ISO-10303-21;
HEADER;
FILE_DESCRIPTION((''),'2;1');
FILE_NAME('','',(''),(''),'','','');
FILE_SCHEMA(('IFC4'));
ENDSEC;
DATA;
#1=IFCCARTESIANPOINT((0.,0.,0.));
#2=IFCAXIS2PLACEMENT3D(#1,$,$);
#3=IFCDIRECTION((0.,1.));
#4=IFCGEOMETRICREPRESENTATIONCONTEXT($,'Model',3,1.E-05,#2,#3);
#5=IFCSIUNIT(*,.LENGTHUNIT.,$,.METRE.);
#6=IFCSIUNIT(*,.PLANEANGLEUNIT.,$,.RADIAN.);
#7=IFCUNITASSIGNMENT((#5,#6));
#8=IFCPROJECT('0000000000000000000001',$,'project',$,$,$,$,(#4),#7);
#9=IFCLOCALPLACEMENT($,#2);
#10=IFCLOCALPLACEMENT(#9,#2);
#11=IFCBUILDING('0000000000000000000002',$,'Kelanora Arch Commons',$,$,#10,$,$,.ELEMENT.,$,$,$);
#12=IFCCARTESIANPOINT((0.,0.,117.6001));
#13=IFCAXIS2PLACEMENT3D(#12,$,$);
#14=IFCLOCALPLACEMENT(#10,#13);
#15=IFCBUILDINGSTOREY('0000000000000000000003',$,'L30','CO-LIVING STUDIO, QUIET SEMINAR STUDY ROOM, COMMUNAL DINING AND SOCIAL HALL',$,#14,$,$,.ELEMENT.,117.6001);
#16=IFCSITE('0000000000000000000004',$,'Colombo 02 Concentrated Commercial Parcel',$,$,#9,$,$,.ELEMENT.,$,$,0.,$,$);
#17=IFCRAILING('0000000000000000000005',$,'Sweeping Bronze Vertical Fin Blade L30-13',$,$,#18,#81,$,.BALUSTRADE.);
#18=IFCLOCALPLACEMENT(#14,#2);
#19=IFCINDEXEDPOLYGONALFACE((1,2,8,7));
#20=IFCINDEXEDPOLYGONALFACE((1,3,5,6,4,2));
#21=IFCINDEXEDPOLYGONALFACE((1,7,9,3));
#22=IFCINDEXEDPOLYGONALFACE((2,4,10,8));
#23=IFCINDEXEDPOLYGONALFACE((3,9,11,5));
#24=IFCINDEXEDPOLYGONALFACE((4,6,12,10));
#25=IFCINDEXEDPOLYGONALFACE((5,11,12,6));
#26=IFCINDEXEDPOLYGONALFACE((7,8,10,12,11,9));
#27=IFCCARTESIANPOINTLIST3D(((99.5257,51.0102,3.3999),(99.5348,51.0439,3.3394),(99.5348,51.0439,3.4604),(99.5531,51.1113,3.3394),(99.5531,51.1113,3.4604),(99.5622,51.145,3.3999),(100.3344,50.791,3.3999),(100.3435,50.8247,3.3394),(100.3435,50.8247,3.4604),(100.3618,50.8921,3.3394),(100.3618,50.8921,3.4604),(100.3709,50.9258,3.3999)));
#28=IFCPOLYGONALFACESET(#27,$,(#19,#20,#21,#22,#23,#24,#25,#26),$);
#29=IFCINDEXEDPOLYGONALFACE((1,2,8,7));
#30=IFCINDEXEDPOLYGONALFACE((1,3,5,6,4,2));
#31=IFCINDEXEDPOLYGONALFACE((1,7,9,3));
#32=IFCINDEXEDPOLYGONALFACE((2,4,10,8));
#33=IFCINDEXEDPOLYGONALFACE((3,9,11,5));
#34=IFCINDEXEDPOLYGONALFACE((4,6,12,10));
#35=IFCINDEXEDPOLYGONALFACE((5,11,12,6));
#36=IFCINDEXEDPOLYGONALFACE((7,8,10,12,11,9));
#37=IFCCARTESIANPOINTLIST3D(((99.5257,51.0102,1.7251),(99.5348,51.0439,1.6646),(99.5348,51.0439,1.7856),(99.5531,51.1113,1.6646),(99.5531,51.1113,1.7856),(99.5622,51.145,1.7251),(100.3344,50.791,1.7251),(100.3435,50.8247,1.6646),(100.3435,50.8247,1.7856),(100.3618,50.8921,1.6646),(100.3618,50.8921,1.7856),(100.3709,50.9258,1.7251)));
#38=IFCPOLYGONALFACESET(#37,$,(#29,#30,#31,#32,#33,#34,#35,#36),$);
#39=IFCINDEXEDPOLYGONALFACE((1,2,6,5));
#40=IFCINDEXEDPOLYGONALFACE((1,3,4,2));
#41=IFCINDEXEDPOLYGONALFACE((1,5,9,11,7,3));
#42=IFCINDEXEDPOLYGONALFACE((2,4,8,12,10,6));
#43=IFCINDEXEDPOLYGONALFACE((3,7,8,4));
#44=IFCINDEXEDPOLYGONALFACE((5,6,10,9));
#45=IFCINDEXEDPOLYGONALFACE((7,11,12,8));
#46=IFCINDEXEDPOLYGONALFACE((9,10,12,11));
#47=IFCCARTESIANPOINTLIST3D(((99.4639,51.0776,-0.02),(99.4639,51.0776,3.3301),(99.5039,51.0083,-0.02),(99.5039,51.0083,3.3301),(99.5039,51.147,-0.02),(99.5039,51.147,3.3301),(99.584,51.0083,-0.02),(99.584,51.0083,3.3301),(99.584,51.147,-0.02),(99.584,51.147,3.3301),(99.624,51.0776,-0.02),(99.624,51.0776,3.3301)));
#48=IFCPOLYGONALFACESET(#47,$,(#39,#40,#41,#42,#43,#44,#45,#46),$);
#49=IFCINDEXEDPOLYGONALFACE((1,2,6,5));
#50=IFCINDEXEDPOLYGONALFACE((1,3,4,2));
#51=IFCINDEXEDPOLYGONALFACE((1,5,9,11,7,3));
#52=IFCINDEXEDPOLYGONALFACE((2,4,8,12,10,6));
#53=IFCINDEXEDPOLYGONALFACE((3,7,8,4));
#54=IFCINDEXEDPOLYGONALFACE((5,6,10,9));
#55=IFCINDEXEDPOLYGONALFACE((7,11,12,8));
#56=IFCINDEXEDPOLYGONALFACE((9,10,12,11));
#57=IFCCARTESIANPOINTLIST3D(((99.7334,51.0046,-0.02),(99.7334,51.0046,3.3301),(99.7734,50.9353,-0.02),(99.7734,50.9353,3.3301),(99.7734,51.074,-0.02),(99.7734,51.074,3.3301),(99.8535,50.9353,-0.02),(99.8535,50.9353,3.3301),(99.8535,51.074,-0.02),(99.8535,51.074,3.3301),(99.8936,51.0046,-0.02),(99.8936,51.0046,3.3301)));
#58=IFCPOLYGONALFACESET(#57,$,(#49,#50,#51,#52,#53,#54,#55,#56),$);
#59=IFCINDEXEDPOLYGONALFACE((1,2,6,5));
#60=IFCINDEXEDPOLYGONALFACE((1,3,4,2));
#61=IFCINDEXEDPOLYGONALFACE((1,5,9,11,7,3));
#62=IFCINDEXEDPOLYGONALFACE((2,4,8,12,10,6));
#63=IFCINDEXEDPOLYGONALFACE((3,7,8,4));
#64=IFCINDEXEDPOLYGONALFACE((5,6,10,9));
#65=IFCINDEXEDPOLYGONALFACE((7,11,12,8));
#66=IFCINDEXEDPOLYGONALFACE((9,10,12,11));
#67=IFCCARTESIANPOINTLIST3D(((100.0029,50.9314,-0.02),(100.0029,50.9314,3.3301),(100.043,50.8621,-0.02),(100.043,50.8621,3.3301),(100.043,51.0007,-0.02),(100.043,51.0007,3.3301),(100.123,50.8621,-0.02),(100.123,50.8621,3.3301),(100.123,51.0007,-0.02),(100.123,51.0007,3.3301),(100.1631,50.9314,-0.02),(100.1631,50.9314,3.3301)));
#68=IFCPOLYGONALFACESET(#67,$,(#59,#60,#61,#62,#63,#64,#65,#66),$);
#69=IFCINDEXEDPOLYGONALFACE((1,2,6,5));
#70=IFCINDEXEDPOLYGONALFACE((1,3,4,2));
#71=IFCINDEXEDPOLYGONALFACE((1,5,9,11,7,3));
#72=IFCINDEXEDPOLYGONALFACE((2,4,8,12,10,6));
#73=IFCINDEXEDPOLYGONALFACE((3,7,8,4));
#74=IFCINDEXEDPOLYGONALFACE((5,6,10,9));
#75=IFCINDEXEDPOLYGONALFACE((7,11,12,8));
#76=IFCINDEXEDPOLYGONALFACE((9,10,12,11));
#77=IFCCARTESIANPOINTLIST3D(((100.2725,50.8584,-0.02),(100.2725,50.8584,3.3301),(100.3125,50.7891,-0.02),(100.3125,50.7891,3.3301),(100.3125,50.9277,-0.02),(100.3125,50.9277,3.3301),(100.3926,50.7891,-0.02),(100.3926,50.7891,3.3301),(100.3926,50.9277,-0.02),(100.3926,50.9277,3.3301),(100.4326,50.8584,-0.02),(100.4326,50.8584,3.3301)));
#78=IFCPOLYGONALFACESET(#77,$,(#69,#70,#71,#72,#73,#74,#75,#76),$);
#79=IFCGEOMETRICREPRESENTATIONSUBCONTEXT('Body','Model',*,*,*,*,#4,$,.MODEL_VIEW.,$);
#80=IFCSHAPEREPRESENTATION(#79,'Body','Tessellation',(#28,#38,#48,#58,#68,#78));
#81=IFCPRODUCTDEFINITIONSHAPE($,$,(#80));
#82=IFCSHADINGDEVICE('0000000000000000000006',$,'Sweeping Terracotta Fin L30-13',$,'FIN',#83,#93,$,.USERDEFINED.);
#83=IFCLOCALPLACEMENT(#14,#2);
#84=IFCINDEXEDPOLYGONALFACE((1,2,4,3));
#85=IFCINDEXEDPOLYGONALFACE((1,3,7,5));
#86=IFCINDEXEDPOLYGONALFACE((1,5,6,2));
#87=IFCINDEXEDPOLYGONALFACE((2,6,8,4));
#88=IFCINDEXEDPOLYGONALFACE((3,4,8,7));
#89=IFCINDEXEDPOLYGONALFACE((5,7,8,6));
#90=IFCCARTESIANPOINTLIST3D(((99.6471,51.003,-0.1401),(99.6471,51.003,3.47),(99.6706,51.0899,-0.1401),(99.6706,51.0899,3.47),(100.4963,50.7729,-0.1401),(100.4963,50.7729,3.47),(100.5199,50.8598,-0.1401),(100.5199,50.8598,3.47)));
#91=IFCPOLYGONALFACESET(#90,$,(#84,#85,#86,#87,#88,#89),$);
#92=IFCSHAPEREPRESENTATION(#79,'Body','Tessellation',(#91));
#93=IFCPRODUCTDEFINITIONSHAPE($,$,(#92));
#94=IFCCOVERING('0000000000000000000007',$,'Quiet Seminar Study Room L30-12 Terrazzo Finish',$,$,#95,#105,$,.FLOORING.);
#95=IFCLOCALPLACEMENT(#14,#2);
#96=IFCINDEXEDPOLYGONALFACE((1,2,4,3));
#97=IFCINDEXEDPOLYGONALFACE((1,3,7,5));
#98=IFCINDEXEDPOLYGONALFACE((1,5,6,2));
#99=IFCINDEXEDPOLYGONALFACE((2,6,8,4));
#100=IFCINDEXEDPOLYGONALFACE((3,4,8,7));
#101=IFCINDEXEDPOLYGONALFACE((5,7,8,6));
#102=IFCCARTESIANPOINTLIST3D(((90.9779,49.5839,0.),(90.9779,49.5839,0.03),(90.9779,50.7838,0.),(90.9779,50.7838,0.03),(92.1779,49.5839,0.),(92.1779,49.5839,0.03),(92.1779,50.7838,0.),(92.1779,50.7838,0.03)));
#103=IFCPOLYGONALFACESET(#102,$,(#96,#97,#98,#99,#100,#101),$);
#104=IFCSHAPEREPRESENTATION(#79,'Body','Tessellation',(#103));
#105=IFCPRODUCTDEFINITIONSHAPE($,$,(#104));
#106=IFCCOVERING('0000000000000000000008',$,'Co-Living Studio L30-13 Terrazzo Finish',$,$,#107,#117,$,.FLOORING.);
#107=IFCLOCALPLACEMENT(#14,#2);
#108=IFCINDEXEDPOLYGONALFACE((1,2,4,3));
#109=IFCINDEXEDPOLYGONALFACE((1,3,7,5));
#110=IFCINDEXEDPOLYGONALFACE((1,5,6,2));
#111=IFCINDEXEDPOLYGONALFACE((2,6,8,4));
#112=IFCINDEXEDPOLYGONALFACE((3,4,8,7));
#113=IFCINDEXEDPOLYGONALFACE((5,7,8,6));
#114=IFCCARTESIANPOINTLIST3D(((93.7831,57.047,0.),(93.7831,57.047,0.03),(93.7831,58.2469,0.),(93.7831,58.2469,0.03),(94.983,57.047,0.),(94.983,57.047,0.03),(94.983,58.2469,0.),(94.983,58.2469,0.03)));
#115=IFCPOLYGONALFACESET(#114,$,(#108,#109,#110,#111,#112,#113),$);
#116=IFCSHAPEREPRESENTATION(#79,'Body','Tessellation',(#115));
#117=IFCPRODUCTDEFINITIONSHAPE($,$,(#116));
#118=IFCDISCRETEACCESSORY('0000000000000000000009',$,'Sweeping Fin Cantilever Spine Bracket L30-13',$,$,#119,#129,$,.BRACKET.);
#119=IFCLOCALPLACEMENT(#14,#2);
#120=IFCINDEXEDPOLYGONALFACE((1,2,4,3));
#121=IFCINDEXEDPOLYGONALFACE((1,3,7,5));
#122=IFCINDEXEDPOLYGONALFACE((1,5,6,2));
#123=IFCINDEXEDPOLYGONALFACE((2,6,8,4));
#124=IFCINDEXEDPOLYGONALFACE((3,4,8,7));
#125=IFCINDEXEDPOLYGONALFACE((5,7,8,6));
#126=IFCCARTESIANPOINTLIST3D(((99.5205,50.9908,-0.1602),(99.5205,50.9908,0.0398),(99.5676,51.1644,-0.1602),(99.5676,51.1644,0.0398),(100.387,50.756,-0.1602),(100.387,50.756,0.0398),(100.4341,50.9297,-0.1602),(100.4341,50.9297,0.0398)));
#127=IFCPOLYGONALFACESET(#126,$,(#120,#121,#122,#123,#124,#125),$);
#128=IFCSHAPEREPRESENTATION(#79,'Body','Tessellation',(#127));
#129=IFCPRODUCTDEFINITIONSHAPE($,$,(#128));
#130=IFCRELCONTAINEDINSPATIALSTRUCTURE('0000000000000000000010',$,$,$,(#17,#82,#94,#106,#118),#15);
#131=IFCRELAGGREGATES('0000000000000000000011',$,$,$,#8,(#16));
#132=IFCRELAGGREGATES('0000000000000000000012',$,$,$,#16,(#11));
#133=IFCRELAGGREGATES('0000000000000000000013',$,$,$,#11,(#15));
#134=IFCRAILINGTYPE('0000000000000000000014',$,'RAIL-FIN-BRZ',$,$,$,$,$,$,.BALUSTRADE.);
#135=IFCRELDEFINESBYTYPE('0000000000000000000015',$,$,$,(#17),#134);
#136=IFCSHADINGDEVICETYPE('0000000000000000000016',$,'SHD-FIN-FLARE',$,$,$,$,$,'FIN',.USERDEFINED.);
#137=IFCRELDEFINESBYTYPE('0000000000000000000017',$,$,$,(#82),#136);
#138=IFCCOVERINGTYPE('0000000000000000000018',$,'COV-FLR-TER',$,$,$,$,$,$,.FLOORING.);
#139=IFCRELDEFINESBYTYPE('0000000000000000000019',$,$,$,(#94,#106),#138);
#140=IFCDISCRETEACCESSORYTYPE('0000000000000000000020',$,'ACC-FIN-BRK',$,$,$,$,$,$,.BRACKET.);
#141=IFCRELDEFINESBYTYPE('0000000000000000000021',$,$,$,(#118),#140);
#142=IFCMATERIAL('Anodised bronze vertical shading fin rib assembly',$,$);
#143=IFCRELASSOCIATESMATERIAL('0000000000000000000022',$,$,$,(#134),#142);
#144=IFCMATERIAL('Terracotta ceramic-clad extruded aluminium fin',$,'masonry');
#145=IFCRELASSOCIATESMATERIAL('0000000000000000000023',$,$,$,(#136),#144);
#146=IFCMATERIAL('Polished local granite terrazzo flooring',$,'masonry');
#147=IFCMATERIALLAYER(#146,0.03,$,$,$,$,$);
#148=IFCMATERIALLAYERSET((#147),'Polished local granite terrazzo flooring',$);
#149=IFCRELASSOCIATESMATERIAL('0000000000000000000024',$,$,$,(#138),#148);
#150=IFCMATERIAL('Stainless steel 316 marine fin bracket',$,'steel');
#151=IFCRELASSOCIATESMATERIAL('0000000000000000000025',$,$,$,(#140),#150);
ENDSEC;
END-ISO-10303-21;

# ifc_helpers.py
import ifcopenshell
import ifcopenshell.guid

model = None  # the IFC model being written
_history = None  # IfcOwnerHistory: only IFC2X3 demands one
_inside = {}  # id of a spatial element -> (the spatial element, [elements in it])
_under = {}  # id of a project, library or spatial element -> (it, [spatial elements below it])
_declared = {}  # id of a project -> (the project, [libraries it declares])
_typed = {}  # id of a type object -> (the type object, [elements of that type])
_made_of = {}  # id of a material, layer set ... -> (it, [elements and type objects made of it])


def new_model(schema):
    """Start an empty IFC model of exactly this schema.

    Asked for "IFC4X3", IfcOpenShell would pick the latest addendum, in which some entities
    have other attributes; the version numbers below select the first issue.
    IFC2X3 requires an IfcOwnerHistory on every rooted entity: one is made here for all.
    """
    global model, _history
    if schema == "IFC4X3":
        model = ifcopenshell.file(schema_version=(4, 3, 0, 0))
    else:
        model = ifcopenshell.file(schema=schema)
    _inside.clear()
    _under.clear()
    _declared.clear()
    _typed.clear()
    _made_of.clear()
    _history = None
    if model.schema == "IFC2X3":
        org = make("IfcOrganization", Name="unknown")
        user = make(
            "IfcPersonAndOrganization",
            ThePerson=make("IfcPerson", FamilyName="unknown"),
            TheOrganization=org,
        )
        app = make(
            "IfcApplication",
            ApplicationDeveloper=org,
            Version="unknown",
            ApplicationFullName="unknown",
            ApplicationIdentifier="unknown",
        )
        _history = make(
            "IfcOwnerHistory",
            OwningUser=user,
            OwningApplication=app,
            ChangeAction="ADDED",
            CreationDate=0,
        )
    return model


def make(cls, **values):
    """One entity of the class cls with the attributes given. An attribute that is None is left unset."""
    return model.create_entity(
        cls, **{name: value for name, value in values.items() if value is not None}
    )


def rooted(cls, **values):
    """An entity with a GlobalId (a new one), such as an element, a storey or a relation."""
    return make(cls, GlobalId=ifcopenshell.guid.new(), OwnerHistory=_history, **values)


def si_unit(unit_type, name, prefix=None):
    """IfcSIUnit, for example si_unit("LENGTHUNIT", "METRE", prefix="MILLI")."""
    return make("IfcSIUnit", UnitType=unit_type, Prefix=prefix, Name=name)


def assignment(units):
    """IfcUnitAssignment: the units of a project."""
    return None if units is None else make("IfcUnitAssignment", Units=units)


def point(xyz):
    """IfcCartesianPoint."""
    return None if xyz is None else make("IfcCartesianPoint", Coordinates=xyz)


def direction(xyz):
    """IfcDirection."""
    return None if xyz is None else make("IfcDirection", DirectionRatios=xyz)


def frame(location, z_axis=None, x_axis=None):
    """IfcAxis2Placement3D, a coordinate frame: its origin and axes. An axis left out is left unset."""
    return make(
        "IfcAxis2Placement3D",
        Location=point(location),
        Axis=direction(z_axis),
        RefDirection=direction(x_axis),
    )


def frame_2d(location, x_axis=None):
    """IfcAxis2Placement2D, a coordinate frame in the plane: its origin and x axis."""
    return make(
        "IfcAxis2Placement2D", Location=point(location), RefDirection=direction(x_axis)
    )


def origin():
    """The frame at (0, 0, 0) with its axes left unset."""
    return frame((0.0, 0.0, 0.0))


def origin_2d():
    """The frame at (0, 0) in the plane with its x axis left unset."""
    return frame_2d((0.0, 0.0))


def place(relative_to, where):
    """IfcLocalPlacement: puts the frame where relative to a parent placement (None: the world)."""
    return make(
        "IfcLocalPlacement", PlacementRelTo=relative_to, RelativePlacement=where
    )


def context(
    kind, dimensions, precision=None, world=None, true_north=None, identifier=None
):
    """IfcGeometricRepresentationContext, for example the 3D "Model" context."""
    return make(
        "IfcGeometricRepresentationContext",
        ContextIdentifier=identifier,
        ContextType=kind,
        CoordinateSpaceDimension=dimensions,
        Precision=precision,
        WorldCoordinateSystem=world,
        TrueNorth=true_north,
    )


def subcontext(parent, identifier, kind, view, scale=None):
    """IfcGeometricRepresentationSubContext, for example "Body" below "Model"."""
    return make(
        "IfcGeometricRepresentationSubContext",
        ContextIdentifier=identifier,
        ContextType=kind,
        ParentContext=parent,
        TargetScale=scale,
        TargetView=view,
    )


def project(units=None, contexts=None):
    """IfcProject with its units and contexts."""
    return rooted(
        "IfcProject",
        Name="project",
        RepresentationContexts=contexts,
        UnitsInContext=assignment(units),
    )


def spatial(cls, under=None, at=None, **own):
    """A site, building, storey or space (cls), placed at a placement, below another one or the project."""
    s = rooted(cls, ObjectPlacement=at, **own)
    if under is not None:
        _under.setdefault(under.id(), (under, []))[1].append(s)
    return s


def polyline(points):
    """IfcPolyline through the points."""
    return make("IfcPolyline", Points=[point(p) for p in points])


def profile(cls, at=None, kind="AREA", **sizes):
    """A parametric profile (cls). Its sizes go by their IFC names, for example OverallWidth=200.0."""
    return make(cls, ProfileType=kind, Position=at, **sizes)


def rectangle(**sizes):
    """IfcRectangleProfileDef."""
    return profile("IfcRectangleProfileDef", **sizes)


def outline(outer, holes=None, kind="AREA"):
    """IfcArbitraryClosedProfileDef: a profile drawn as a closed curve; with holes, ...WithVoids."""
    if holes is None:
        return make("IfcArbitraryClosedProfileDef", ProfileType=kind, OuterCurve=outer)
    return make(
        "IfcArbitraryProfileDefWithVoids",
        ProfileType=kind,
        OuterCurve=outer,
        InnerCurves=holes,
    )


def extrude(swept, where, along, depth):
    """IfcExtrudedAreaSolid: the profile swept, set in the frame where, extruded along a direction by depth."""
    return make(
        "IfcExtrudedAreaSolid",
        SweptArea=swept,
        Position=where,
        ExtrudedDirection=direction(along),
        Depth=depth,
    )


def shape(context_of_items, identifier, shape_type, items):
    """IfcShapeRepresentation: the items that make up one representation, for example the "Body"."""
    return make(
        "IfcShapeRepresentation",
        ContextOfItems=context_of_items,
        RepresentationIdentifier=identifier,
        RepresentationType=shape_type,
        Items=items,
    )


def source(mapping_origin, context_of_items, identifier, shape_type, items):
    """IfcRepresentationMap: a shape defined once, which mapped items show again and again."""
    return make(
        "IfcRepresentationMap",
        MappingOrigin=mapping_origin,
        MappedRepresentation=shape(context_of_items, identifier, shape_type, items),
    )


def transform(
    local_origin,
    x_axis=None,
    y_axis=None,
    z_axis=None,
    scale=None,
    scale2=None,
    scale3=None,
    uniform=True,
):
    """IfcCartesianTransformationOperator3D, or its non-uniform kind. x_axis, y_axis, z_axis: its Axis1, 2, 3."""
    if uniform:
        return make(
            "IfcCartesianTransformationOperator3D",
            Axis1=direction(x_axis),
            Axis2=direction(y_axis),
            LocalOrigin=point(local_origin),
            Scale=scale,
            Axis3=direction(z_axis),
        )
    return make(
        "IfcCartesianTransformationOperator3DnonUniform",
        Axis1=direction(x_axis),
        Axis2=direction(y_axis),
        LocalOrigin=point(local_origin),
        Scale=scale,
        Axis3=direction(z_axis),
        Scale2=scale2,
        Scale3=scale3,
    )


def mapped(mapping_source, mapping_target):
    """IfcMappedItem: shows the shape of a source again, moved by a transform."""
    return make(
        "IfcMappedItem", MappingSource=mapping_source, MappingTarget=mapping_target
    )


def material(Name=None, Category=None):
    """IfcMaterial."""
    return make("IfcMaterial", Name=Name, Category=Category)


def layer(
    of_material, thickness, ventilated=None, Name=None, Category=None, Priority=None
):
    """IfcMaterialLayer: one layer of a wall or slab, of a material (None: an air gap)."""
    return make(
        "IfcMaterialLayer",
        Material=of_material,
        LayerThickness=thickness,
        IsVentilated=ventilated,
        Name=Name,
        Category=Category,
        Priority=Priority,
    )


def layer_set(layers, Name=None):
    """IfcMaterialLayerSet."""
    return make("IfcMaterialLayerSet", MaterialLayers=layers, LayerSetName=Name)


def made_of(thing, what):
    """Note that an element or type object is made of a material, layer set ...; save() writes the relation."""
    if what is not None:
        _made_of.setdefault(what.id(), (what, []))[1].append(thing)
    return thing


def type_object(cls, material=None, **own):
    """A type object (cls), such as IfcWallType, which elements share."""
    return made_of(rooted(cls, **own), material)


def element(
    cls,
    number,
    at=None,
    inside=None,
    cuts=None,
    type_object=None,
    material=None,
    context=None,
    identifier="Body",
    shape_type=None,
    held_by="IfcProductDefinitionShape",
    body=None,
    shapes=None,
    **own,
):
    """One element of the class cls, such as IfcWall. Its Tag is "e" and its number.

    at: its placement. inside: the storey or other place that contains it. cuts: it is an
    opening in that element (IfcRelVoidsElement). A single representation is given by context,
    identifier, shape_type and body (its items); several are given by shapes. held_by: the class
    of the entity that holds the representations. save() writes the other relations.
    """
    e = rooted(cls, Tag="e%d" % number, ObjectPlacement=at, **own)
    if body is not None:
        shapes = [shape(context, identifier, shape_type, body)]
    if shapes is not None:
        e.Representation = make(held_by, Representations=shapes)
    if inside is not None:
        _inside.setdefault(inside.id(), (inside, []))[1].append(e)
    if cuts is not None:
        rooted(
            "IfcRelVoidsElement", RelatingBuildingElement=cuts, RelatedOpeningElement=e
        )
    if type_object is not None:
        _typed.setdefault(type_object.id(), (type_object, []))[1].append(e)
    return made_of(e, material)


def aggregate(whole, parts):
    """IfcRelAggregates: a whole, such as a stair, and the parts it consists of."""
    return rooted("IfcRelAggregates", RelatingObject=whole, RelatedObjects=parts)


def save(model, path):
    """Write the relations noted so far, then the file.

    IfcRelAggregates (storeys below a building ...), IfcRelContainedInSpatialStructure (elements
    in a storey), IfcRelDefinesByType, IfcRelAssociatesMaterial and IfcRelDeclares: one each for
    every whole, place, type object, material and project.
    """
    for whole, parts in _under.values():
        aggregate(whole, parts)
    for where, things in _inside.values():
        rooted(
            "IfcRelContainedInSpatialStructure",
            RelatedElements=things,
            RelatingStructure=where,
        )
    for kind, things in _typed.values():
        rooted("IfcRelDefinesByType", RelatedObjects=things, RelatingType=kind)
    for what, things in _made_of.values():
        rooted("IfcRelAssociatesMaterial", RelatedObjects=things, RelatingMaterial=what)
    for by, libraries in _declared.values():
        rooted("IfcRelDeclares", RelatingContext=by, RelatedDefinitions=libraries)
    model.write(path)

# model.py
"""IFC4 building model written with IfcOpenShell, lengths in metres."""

from ifc_helpers import new_model, si_unit, direction, frame, origin, origin_2d, place, context, subcontext, project, spatial, polyline, rectangle, outline, extrude, source, transform, mapped, material, layer, layer_set, type_object, element, save


model = new_model("IFC4")

# Units and contexts
model_context = context("Model", 3, precision=1e-05, world=origin(), true_north=direction((0.0, 1.0)))
body_context = subcontext(model_context, "Body", "Model", "MODEL_VIEW")
ifc_project = project(units=[si_unit("LENGTHUNIT", "METRE"), si_unit("PLANEANGLEUNIT", "RADIAN")], contexts=[model_context])

# Site, building, storey
site_placement = place(None, origin())
site = spatial("IfcSite", under=ifc_project, at=site_placement, Name="Colombo 02 Concentrated Commercial Parcel", CompositionType="ELEMENT", RefElevation=0.0)
building_placement = place(site_placement, origin())
building = spatial("IfcBuilding", under=site, at=building_placement, Name="Kelanora Arch Commons", CompositionType="ELEMENT")
storey_placement = place(building_placement, frame((0.0, 0.0, 117.6001)))
storey = spatial("IfcBuildingStorey", under=building, at=storey_placement, Name="L30", Description="CO-LIVING STUDIO, QUIET SEMINAR STUDY ROOM, COMMUNAL DINING AND SOCIAL HALL", CompositionType="ELEMENT", Elevation=117.6001)

# Railing
ifc_material_1 = material(Name="Anodised bronze vertical shading fin rib assembly")
railing_type = type_object("IfcRailingType", Name="RAIL-FIN-BRZ", PredefinedType="BALUSTRADE", material=ifc_material_1)
railing_placement = place(storey_placement, frame((99.5439, 51.0776, -0.02)))
element("IfcRailing", 1, at=railing_placement, inside=storey, type_object=railing_type, Name="Sweeping Bronze Vertical Fin Blade L30-13", PredefinedType="BALUSTRADE", context=body_context, shape_type="SweptSolid", body=[
    extrude(outline(polyline([(0.0698, 0.0), (0.0349, 0.0605), (-0.0349, 0.0605), (-0.0698, 0.0), (-0.0349, -0.0605), (0.0349, -0.0605), (0.0698, 0.0)])), frame((0.0, 0.0, 3.4199), z_axis=(0.965153, -0.261687, 0.0), x_axis=(0.261687, 0.965153, 0.0)), (0.0, 0.0, 1.0), 0.8379),
    extrude(outline(polyline([(0.0698, 0.0), (0.0349, 0.0605), (-0.0349, 0.0605), (-0.0698, 0.0), (-0.0349, -0.0605), (0.0349, -0.0605), (0.0698, 0.0)])), frame((0.0, 0.0, 1.7451), z_axis=(0.965153, -0.261687, 0.0), x_axis=(0.261687, 0.965153, 0.0)), (0.0, 0.0, 1.0), 0.8379),
    extrude(outline(polyline([(0.0801, 0.0), (0.04, 0.0693), (-0.04, 0.0693), (-0.0801, 0.0), (-0.04, -0.0693), (0.04, -0.0693), (0.0801, 0.0)])), origin(), (0.0, 0.0, 1.0), 3.3501),
    extrude(outline(polyline([(0.0801, 0.0), (0.04, 0.0693), (-0.04, 0.0693), (-0.0801, 0.0), (-0.04, -0.0693), (0.04, -0.0693), (0.0801, 0.0)])), frame((0.2695, -0.073, 0.0)), (0.0, 0.0, 1.0), 3.3501),
    extrude(outline(polyline([(0.0801, 0.0), (0.04, 0.0693), (-0.04, 0.0693), (-0.0801, 0.0), (-0.04, -0.0693), (0.04, -0.0693), (0.0801, 0.0)])), frame((0.5391, -0.1462, 0.0)), (0.0, 0.0, 1.0), 3.3501),
    extrude(outline(polyline([(0.0801, 0.0), (0.04, 0.0693), (-0.04, 0.0693), (-0.0801, 0.0), (-0.04, -0.0693), (0.04, -0.0693), (0.0801, 0.0)])), frame((0.8086, -0.2192, 0.0)), (0.0, 0.0, 1.0), 3.3501),
])

# Shading device
ifc_material_2 = material(Name="Terracotta ceramic-clad extruded aluminium fin", Category="masonry")
shading_device_type = type_object("IfcShadingDeviceType", Name="SHD-FIN-FLARE", ElementType="FIN", PredefinedType="USERDEFINED", material=ifc_material_2)
shared_shape_1 = source(origin(), body_context, "Body", "SweptSolid", [
    extrude(rectangle(XDim=0.8799, YDim=0.0901, at=origin_2d()), origin(), (0.0, 0.0, 1.0), 3.6101),
])
shading_device_placement = place(storey_placement, frame((100.0835, 50.9314, -0.1401), z_axis=(0.0, 0.0, 1.0), x_axis=(0.965199, -0.261515, 0.0)))
element("IfcShadingDevice", 2, at=shading_device_placement, inside=storey, type_object=shading_device_type, Name="Sweeping Terracotta Fin L30-13", ObjectType="FIN", PredefinedType="USERDEFINED", context=body_context, shape_type="MappedRepresentation", body=[
    mapped(shared_shape_1, transform((0.0, 0.0, 0.0), scale=1.0)),
])

# Coverings
ifc_material_3 = material(Name="Polished local granite terrazzo flooring", Category="masonry")
ifc_layer_1 = layer(ifc_material_3, 0.03)
ifc_layer_set_1 = layer_set([ifc_layer_1], Name="Polished local granite terrazzo flooring")
covering_type = type_object("IfcCoveringType", Name="COV-FLR-TER", PredefinedType="FLOORING", material=ifc_layer_set_1)
shared_shape_2 = source(origin(), body_context, "Body", "SweptSolid", [
    extrude(rectangle(XDim=1.2, YDim=1.2, at=origin_2d()), origin(), (0.0, 0.0, 1.0), 0.03),
])
for number, where, z_axis, x_axis, name in (
    (3, (91.5779, 50.1838, 0.0), (0.0, 0.0, 1.0), (1.0, 0.0, 0.0), "Quiet Seminar Study Room L30-12 Terrazzo Finish"),
    (4, (94.3831, 57.647, 0.0), (0.0, 0.0, 1.0), (1.0, 0.0, 0.0), "Co-Living Studio L30-13 Terrazzo Finish"),
):
    element("IfcCovering", number, at=place(storey_placement, frame(where, z_axis=z_axis, x_axis=x_axis)), inside=storey, type_object=covering_type, Name=name, PredefinedType="FLOORING", context=body_context, shape_type="MappedRepresentation", body=[
        mapped(shared_shape_2, transform((0.0, 0.0, 0.0), scale=1.0)),
    ])

# Discrete accessory
ifc_material_4 = material(Name="Stainless steel 316 marine fin bracket", Category="steel")
discrete_accessory_type = type_object("IfcDiscreteAccessoryType", Name="ACC-FIN-BRK", PredefinedType="BRACKET", material=ifc_material_4)
shared_shape_3 = source(origin(), body_context, "Body", "SweptSolid", [
    extrude(rectangle(XDim=0.8977, YDim=0.1799, at=origin_2d()), origin(), (0.0, 0.0, 1.0), 0.2),
])
discrete_accessory_placement = place(storey_placement, frame((99.9773, 50.9602, -0.1602), z_axis=(0.0, 0.0, 1.0), x_axis=(0.965199, -0.261515, 0.0)))
element("IfcDiscreteAccessory", 5, at=discrete_accessory_placement, inside=storey, type_object=discrete_accessory_type, Name="Sweeping Fin Cantilever Spine Bracket L30-13", PredefinedType="BRACKET", context=body_context, shape_type="MappedRepresentation", body=[
    mapped(shared_shape_3, transform((0.0, 0.0, 0.0), scale=1.0)),
])

save(model, "model.ifc")
